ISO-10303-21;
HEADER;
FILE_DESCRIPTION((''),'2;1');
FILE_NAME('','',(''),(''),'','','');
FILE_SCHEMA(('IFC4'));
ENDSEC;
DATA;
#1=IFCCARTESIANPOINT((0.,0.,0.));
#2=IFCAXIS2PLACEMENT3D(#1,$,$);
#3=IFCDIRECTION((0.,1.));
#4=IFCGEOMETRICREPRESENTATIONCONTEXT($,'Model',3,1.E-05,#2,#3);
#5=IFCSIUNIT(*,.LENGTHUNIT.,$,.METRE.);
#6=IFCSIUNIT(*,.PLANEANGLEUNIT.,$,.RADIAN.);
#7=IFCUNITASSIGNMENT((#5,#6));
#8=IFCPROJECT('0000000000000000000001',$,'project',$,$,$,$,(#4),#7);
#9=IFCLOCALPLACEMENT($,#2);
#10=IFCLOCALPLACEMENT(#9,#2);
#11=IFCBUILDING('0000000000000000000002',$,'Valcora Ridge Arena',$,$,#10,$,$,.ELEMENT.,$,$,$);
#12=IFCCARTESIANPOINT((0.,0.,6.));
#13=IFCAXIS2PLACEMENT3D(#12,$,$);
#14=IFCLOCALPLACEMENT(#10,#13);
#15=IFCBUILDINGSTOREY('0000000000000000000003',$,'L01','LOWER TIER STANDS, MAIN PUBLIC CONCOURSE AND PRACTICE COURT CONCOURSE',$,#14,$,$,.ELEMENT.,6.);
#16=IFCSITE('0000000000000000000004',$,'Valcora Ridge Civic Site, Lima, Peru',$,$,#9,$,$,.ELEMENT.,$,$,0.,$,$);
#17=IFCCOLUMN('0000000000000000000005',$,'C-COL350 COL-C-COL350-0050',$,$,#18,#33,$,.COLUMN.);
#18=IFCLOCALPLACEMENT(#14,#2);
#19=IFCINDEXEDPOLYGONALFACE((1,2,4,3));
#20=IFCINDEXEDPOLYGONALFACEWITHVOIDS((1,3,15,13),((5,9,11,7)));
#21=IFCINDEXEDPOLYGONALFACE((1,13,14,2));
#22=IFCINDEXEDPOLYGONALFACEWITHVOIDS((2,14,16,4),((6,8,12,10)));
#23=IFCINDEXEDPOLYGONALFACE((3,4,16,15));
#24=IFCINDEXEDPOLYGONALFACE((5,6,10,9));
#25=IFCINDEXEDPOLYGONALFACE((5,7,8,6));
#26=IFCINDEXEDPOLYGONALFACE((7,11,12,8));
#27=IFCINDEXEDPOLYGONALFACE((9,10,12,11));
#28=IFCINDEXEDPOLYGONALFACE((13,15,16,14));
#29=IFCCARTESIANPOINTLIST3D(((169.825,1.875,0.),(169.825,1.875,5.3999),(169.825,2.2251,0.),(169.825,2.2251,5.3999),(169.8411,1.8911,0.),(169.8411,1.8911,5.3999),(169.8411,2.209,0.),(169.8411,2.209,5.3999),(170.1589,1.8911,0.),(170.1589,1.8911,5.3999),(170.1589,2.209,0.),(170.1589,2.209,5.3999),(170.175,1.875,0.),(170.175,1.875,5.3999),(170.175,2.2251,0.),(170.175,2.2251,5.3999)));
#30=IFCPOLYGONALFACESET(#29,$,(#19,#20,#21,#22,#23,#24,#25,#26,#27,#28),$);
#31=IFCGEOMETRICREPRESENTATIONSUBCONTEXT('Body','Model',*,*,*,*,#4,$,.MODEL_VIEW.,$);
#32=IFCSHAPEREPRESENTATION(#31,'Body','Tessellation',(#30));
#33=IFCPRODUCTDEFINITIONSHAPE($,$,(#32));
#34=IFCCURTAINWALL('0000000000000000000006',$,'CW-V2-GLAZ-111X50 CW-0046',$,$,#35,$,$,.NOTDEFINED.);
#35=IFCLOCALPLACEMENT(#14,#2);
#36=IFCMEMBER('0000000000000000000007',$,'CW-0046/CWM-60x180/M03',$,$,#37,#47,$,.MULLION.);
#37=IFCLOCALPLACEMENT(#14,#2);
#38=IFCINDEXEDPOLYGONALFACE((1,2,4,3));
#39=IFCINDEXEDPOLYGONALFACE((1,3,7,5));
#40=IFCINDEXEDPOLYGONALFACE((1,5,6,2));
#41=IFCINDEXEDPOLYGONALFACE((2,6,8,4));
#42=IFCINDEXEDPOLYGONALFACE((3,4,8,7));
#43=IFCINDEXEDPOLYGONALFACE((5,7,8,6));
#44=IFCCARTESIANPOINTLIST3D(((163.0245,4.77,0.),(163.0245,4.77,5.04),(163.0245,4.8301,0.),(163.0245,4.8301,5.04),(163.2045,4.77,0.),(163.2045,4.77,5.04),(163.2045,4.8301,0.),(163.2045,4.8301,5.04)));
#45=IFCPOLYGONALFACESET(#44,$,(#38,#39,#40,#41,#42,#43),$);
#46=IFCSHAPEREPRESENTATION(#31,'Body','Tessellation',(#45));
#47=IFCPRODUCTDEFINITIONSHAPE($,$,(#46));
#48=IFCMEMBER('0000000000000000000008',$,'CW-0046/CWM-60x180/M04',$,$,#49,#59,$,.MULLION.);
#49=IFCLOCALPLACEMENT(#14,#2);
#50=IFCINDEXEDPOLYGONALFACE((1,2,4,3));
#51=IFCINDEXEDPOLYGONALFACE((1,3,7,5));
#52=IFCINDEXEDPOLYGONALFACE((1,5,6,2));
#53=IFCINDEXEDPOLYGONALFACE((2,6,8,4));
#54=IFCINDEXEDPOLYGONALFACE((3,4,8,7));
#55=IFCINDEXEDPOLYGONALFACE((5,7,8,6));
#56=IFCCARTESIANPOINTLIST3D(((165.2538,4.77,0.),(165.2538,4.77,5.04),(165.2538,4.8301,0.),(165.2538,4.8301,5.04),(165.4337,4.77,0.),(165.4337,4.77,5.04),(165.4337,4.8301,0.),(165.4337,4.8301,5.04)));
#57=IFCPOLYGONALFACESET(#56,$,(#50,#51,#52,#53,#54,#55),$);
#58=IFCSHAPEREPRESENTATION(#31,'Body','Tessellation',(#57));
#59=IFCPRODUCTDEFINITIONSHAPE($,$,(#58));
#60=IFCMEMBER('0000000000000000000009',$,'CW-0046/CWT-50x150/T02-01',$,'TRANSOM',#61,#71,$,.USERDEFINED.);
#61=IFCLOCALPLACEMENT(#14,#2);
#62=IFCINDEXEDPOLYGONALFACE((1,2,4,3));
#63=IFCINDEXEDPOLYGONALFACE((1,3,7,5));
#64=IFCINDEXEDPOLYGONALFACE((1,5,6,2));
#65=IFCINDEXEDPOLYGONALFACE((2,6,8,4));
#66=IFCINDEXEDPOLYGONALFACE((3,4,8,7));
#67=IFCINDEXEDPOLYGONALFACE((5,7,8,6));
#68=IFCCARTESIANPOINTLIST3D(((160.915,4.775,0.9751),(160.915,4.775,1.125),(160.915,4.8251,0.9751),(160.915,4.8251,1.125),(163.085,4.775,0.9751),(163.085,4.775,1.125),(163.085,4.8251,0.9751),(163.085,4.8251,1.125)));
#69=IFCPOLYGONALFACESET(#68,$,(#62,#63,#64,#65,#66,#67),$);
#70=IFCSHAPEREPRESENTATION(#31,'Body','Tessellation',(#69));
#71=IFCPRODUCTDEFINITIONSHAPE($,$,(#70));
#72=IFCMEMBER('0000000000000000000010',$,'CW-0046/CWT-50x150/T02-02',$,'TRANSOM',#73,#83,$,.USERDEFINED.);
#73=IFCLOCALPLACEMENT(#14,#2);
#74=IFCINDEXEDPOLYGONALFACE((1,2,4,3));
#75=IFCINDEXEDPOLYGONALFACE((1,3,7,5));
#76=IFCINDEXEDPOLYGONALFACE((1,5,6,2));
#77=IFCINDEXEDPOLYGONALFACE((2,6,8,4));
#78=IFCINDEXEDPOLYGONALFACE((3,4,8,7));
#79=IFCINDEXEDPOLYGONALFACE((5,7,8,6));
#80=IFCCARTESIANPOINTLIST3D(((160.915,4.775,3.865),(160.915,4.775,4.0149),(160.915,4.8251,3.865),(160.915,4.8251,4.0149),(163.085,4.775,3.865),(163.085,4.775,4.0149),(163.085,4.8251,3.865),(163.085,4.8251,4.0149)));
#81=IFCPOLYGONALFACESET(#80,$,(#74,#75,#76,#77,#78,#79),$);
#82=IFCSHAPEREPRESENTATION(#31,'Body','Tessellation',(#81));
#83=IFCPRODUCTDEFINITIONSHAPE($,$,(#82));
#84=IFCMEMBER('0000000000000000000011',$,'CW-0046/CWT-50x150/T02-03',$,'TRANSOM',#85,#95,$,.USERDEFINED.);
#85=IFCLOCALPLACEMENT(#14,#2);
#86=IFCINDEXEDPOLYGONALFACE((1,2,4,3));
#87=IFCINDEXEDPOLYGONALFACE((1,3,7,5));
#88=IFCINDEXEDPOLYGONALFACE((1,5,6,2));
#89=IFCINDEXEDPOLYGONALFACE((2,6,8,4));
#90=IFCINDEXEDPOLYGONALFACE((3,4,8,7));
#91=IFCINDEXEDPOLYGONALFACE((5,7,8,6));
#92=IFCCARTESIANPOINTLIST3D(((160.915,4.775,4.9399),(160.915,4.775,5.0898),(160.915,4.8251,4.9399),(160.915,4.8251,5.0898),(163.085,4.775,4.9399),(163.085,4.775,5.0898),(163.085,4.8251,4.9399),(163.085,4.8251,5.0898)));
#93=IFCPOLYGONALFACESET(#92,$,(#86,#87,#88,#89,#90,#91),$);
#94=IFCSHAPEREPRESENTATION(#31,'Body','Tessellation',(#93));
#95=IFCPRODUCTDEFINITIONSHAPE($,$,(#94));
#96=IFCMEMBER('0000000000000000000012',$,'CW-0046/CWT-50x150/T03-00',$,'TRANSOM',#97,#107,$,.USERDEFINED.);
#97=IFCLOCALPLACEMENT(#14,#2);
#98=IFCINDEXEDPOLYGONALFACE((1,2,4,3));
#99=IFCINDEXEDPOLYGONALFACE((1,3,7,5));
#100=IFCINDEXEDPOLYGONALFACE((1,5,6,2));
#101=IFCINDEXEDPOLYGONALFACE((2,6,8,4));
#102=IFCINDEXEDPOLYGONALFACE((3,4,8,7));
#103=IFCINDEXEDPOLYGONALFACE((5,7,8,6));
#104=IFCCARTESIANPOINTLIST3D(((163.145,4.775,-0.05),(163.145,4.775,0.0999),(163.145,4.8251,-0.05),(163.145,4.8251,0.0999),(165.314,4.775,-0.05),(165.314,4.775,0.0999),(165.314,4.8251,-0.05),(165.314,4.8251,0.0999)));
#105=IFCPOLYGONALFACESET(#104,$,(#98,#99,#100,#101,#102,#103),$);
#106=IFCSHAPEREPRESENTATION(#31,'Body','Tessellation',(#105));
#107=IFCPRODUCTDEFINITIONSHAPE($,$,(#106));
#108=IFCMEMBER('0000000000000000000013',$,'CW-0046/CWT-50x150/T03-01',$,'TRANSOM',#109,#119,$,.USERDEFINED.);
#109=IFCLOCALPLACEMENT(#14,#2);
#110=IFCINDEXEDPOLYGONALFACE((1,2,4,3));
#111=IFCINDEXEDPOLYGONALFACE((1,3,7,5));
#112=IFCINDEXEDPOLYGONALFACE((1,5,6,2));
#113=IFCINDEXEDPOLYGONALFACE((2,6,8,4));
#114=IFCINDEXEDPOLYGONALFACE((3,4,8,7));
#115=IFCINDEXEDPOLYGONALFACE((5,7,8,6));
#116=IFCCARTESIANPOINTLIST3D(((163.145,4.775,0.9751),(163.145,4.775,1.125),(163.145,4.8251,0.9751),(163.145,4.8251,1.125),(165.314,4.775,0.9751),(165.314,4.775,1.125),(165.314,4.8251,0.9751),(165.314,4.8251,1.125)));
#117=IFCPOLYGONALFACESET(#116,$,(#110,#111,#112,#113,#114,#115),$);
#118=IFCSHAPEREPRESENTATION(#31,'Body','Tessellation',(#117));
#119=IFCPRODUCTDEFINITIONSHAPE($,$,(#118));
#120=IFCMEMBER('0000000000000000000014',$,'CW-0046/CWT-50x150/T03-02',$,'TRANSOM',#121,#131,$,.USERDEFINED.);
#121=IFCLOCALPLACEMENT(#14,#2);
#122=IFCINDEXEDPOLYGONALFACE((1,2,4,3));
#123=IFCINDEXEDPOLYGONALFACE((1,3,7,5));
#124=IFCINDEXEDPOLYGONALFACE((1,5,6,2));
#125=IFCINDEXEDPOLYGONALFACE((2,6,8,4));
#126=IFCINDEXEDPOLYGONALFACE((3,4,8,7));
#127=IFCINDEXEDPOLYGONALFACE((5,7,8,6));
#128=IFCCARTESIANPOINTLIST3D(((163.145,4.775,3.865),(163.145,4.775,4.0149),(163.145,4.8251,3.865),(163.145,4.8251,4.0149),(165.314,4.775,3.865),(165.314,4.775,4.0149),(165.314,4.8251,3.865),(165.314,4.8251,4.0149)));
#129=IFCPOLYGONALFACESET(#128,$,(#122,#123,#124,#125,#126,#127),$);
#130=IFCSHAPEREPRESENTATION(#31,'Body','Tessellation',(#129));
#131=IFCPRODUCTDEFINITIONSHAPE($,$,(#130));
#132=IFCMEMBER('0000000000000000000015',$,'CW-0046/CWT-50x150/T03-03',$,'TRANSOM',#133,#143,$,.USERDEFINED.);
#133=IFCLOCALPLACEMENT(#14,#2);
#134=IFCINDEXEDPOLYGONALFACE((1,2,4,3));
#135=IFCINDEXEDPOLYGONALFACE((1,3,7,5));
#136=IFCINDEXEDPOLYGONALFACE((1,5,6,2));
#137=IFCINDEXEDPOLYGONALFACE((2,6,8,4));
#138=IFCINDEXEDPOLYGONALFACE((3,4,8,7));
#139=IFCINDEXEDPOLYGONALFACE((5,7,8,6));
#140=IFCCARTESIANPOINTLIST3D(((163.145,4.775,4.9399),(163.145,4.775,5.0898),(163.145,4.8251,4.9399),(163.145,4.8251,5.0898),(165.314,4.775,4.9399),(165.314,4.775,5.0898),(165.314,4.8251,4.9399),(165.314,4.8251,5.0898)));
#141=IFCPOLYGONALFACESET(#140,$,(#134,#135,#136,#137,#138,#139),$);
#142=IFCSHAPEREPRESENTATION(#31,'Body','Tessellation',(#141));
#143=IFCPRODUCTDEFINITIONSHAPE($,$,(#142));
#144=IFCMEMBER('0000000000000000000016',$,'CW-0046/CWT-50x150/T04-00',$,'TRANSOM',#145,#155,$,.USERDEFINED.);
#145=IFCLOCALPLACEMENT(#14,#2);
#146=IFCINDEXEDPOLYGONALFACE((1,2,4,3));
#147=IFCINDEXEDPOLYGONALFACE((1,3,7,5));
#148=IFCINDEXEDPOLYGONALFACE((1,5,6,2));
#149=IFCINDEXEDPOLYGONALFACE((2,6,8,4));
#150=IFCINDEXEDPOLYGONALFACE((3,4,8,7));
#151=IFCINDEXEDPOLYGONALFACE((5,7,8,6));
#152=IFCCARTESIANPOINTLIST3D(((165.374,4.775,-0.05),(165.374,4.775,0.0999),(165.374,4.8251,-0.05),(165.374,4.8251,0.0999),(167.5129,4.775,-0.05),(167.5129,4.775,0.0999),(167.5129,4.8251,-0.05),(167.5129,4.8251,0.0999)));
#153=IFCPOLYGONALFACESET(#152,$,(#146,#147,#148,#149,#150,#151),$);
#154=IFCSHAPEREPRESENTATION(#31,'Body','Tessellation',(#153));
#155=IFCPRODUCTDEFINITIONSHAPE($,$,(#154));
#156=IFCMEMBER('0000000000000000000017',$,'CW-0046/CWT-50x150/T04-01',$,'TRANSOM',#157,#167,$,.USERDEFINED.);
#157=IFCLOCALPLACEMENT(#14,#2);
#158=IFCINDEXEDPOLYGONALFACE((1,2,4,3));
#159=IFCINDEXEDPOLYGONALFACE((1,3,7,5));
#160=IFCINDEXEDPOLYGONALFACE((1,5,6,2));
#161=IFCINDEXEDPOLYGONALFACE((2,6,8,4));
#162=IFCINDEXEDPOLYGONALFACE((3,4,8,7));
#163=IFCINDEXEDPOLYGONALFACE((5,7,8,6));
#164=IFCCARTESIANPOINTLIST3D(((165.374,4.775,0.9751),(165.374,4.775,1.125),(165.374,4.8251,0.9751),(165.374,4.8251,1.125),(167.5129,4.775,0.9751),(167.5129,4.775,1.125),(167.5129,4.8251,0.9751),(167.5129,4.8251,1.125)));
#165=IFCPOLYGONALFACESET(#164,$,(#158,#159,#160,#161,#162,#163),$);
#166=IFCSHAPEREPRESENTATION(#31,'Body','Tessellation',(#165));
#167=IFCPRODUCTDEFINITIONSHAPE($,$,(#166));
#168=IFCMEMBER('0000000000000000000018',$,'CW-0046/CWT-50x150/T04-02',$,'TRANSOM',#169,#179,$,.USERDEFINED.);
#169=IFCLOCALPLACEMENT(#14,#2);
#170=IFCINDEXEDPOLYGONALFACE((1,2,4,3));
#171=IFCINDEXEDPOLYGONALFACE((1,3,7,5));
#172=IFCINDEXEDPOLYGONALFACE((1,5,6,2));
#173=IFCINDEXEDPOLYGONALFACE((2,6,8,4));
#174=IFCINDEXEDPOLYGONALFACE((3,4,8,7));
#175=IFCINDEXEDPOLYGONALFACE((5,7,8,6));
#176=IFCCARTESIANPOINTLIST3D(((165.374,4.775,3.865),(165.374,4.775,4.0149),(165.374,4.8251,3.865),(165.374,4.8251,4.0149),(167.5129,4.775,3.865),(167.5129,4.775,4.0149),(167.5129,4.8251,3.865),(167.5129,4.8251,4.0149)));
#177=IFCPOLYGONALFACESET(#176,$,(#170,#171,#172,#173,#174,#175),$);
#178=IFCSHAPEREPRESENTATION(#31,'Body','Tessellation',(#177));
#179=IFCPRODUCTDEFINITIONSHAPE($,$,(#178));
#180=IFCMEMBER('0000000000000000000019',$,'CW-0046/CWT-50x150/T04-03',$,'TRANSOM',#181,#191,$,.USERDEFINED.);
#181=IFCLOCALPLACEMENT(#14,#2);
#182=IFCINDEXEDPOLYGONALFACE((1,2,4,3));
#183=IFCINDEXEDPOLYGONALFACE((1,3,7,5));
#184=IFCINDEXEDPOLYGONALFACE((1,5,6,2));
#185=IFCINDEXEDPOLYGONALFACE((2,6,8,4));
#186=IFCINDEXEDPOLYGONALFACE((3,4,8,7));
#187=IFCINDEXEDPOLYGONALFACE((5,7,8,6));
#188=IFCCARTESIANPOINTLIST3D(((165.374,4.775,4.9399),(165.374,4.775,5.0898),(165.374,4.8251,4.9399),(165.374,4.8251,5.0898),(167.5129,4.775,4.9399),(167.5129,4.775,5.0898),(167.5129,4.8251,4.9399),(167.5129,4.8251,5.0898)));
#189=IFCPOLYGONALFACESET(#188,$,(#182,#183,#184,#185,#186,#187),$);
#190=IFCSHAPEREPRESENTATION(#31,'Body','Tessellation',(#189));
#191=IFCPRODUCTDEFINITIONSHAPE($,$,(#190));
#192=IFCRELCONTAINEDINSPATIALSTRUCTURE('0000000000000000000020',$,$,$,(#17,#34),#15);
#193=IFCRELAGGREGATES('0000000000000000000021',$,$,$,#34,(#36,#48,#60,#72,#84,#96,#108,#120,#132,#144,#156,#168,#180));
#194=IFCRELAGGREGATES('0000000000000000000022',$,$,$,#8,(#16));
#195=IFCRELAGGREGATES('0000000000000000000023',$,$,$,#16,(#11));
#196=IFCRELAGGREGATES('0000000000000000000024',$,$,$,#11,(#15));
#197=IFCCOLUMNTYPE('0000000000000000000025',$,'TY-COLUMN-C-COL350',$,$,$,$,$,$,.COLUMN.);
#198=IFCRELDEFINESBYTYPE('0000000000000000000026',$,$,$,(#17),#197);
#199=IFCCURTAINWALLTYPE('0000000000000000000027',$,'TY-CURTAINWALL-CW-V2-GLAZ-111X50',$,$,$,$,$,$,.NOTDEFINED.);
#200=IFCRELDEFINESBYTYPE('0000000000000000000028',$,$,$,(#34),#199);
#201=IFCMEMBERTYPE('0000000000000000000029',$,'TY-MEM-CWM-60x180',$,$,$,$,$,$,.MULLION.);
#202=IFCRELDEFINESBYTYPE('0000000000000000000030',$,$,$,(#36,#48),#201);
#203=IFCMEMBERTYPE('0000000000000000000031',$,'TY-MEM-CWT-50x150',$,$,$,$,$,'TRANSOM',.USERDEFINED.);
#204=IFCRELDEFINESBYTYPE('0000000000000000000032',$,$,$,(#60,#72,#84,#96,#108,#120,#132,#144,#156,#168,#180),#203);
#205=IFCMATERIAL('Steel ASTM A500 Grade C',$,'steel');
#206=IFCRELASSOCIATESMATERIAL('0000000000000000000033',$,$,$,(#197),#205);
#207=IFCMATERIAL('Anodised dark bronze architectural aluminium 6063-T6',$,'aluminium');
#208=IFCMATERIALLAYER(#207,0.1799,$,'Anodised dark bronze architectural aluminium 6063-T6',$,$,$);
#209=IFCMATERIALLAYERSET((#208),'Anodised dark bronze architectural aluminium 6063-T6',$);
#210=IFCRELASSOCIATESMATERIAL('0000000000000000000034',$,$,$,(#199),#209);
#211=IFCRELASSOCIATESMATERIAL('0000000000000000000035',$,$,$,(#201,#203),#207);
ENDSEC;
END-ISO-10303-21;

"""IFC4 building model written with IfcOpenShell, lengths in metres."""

from ifc_helpers import new_model, si_unit, direction, frame, origin, origin_2d, place, context, subcontext, project, spatial, rectangle, hollow_rectangle, extrude, material, layer, layer_set, material_profile, profile_set, type_object, element, aggregate, save


model = new_model("IFC4")

# Units and contexts
model_context = context("Model", 3, precision=1e-05, world=origin(), true_north=direction((0.0, 1.0)))
body_context = subcontext(model_context, "Body", "Model", "MODEL_VIEW")
ifc_project = project(units=[si_unit("LENGTHUNIT", "METRE"), si_unit("PLANEANGLEUNIT", "RADIAN")], contexts=[model_context])

# Site, building, storey
site_placement = place(None, origin())
site = spatial("IfcSite", under=ifc_project, at=site_placement, Name="Valcora Ridge Civic Site, Lima, Peru", CompositionType="ELEMENT", RefElevation=0.0)
building_placement = place(site_placement, origin())
building = spatial("IfcBuilding", under=site, at=building_placement, Name="Valcora Ridge Arena", CompositionType="ELEMENT")
storey_placement = place(building_placement, frame((0.0, 0.0, 6.0)))
storey = spatial("IfcBuildingStorey", under=building, at=storey_placement, Name="L01", Description="LOWER TIER STANDS, MAIN PUBLIC CONCOURSE AND PRACTICE COURT CONCOURSE", CompositionType="ELEMENT", Elevation=6.0)

# Column
ifc_material_1 = material(Name="Steel ASTM A500 Grade C", Category="steel")
ifc_material_profile_1 = material_profile(ifc_material_1, hollow_rectangle(XDim=0.3501, YDim=0.3501, WallThickness=0.0161, at=origin_2d()), Name="HSS350X350X16")
ifc_profile_set_1 = profile_set([ifc_material_profile_1], Name="Steel ASTM A500 Grade C")
column_type = type_object("IfcColumnType", Name="TY-COLUMN-C-COL350", PredefinedType="COLUMN", material=ifc_profile_set_1)
column_placement = place(storey_placement, frame((170.0, 2.05, 0.0), z_axis=(0.0, 0.0, 1.0), x_axis=(1.0, 0.0, 0.0)))
element("IfcColumn", 1, at=column_placement, inside=storey, type_object=column_type, Name="C-COL350 COL-C-COL350-0050", PredefinedType="COLUMN", context=body_context, shape_type="SweptSolid", body=[
    extrude(hollow_rectangle(XDim=0.3501, YDim=0.3501, WallThickness=0.0161, at=origin_2d()), origin(), (0.0, 0.0, 1.0), 5.3999),
])

# Curtain wall, members
ifc_material_2 = material(Name="Anodised dark bronze architectural aluminium 6063-T6", Category="aluminium")
ifc_layer_1 = layer(ifc_material_2, 0.1799, Name="Anodised dark bronze architectural aluminium 6063-T6")
ifc_layer_set_1 = layer_set([ifc_layer_1], Name="Anodised dark bronze architectural aluminium 6063-T6")
curtain_wall_type = type_object("IfcCurtainWallType", Name="TY-CURTAINWALL-CW-V2-GLAZ-111X50", PredefinedType="NOTDEFINED", material=ifc_layer_set_1)
curtain_wall_placement = place(storey_placement, origin())
curtain_wall = element("IfcCurtainWall", 2, at=curtain_wall_placement, inside=storey, type_object=curtain_wall_type, Name="CW-V2-GLAZ-111X50 CW-0046", PredefinedType="NOTDEFINED")
ifc_material_profile_2 = material_profile(ifc_material_2, rectangle(XDim=0.0601, YDim=0.1799, at=origin_2d()), Name="ALU MULLION 60x180")
ifc_profile_set_2 = profile_set([ifc_material_profile_2], Name="Anodised dark bronze architectural aluminium 6063-T6")
member_type_1 = type_object("IfcMemberType", Name="TY-MEM-CWM-60x180", PredefinedType="MULLION", material=ifc_profile_set_2)
member_1_placement = place(storey_placement, frame((163.1145, 4.8, 0.0), z_axis=(0.0, 0.0, 1.0), x_axis=(0.0, 1.0, 0.0)))
member_1 = element("IfcMember", 3, at=member_1_placement, type_object=member_type_1, Name="CW-0046/CWM-60x180/M03", PredefinedType="MULLION", context=body_context, shape_type="SweptSolid", body=[
    extrude(rectangle(XDim=0.0601, YDim=0.1799, at=origin_2d()), origin(), (0.0, 0.0, 1.0), 5.04),
])
member_2_placement = place(storey_placement, frame((165.3438, 4.8, 0.0), z_axis=(0.0, 0.0, 1.0), x_axis=(0.0, 1.0, 0.0)))
member_2 = element("IfcMember", 4, at=member_2_placement, type_object=member_type_1, Name="CW-0046/CWM-60x180/M04", PredefinedType="MULLION", context=body_context, shape_type="SweptSolid", body=[
    extrude(rectangle(XDim=0.0601, YDim=0.1799, at=origin_2d()), origin(), (0.0, 0.0, 1.0), 5.04),
])
ifc_material_profile_3 = material_profile(ifc_material_2, rectangle(XDim=0.05, YDim=0.1499, at=origin_2d()), Name="ALU TRANSOM 50x150")
ifc_profile_set_3 = profile_set([ifc_material_profile_3], Name="Anodised dark bronze architectural aluminium 6063-T6")
member_type_2 = type_object("IfcMemberType", Name="TY-MEM-CWT-50x150", ElementType="TRANSOM", PredefinedType="USERDEFINED", material=ifc_profile_set_3)
member_3_placement = place(storey_placement, frame((160.915, 4.8, 1.05), z_axis=(1.0, 0.0, 0.0), x_axis=(0.0, 1.0, 0.0)))
member_3 = element("IfcMember", 5, at=member_3_placement, type_object=member_type_2, Name="CW-0046/CWT-50x150/T02-01", ObjectType="TRANSOM", PredefinedType="USERDEFINED", context=body_context, shape_type="SweptSolid", body=[
    extrude(rectangle(XDim=0.05, YDim=0.1499, at=origin_2d()), origin(), (0.0, 0.0, 1.0), 2.1699),
])
member_4_placement = place(storey_placement, frame((160.915, 4.8, 3.9399), z_axis=(1.0, 0.0, 0.0), x_axis=(0.0, 1.0, 0.0)))
member_4 = element("IfcMember", 6, at=member_4_placement, type_object=member_type_2, Name="CW-0046/CWT-50x150/T02-02", ObjectType="TRANSOM", PredefinedType="USERDEFINED", context=body_context, shape_type="SweptSolid", body=[
    extrude(rectangle(XDim=0.05, YDim=0.1499, at=origin_2d()), origin(), (0.0, 0.0, 1.0), 2.1699),
])
member_5_placement = place(storey_placement, frame((160.915, 4.8, 5.0149), z_axis=(1.0, 0.0, 0.0), x_axis=(0.0, 1.0, 0.0)))
member_5 = element("IfcMember", 7, at=member_5_placement, type_object=member_type_2, Name="CW-0046/CWT-50x150/T02-03", ObjectType="TRANSOM", PredefinedType="USERDEFINED", context=body_context, shape_type="SweptSolid", body=[
    extrude(rectangle(XDim=0.05, YDim=0.1499, at=origin_2d()), origin(), (0.0, 0.0, 1.0), 2.1699),
])
member_6_placement = place(storey_placement, frame((163.145, 4.8, 0.0249), z_axis=(1.0, 0.0, 0.0), x_axis=(0.0, 1.0, 0.0)))
member_6 = element("IfcMember", 8, at=member_6_placement, type_object=member_type_2, Name="CW-0046/CWT-50x150/T03-00", ObjectType="TRANSOM", PredefinedType="USERDEFINED", context=body_context, shape_type="SweptSolid", body=[
    extrude(rectangle(XDim=0.05, YDim=0.1499, at=origin_2d()), origin(), (0.0, 0.0, 1.0), 2.1689),
])
member_7_placement = place(storey_placement, frame((163.145, 4.8, 1.05), z_axis=(1.0, 0.0, 0.0), x_axis=(0.0, 1.0, 0.0)))
member_7 = element("IfcMember", 9, at=member_7_placement, type_object=member_type_2, Name="CW-0046/CWT-50x150/T03-01", ObjectType="TRANSOM", PredefinedType="USERDEFINED", context=body_context, shape_type="SweptSolid", body=[
    extrude(rectangle(XDim=0.05, YDim=0.1499, at=origin_2d()), origin(), (0.0, 0.0, 1.0), 2.1689),
])
member_8_placement = place(storey_placement, frame((163.145, 4.8, 3.9399), z_axis=(1.0, 0.0, 0.0), x_axis=(0.0, 1.0, 0.0)))
member_8 = element("IfcMember", 10, at=member_8_placement, type_object=member_type_2, Name="CW-0046/CWT-50x150/T03-02", ObjectType="TRANSOM", PredefinedType="USERDEFINED", context=body_context, shape_type="SweptSolid", body=[
    extrude(rectangle(XDim=0.05, YDim=0.1499, at=origin_2d()), origin(), (0.0, 0.0, 1.0), 2.1689),
])
member_9_placement = place(storey_placement, frame((163.145, 4.8, 5.0149), z_axis=(1.0, 0.0, 0.0), x_axis=(0.0, 1.0, 0.0)))
member_9 = element("IfcMember", 11, at=member_9_placement, type_object=member_type_2, Name="CW-0046/CWT-50x150/T03-03", ObjectType="TRANSOM", PredefinedType="USERDEFINED", context=body_context, shape_type="SweptSolid", body=[
    extrude(rectangle(XDim=0.05, YDim=0.1499, at=origin_2d()), origin(), (0.0, 0.0, 1.0), 2.1689),
])
member_10_placement = place(storey_placement, frame((165.374, 4.8, 0.0249), z_axis=(1.0, 0.0, 0.0), x_axis=(0.0, 1.0, 0.0)))
member_10 = element("IfcMember", 12, at=member_10_placement, type_object=member_type_2, Name="CW-0046/CWT-50x150/T04-00", ObjectType="TRANSOM", PredefinedType="USERDEFINED", context=body_context, shape_type="SweptSolid", body=[
    extrude(rectangle(XDim=0.05, YDim=0.1499, at=origin_2d()), origin(), (0.0, 0.0, 1.0), 2.1389),
])
member_11_placement = place(storey_placement, frame((165.374, 4.8, 1.05), z_axis=(1.0, 0.0, 0.0), x_axis=(0.0, 1.0, 0.0)))
member_11 = element("IfcMember", 13, at=member_11_placement, type_object=member_type_2, Name="CW-0046/CWT-50x150/T04-01", ObjectType="TRANSOM", PredefinedType="USERDEFINED", context=body_context, shape_type="SweptSolid", body=[
    extrude(rectangle(XDim=0.05, YDim=0.1499, at=origin_2d()), origin(), (0.0, 0.0, 1.0), 2.1389),
])
member_12_placement = place(storey_placement, frame((165.374, 4.8, 3.9399), z_axis=(1.0, 0.0, 0.0), x_axis=(0.0, 1.0, 0.0)))
member_12 = element("IfcMember", 14, at=member_12_placement, type_object=member_type_2, Name="CW-0046/CWT-50x150/T04-02", ObjectType="TRANSOM", PredefinedType="USERDEFINED", context=body_context, shape_type="SweptSolid", body=[
    extrude(rectangle(XDim=0.05, YDim=0.1499, at=origin_2d()), origin(), (0.0, 0.0, 1.0), 2.1389),
])
member_13_placement = place(storey_placement, frame((165.374, 4.8, 5.0149), z_axis=(1.0, 0.0, 0.0), x_axis=(0.0, 1.0, 0.0)))
member_13 = element("IfcMember", 15, at=member_13_placement, type_object=member_type_2, Name="CW-0046/CWT-50x150/T04-03", ObjectType="TRANSOM", PredefinedType="USERDEFINED", context=body_context, shape_type="SweptSolid", body=[
    extrude(rectangle(XDim=0.05, YDim=0.1499, at=origin_2d()), origin(), (0.0, 0.0, 1.0), 2.1389),
])
aggregate(curtain_wall, [member_1, member_2, member_3, member_4, member_5, member_6, member_7, member_8, member_9, member_10, member_11, member_12, member_13])

save(model, "model.ifc")
